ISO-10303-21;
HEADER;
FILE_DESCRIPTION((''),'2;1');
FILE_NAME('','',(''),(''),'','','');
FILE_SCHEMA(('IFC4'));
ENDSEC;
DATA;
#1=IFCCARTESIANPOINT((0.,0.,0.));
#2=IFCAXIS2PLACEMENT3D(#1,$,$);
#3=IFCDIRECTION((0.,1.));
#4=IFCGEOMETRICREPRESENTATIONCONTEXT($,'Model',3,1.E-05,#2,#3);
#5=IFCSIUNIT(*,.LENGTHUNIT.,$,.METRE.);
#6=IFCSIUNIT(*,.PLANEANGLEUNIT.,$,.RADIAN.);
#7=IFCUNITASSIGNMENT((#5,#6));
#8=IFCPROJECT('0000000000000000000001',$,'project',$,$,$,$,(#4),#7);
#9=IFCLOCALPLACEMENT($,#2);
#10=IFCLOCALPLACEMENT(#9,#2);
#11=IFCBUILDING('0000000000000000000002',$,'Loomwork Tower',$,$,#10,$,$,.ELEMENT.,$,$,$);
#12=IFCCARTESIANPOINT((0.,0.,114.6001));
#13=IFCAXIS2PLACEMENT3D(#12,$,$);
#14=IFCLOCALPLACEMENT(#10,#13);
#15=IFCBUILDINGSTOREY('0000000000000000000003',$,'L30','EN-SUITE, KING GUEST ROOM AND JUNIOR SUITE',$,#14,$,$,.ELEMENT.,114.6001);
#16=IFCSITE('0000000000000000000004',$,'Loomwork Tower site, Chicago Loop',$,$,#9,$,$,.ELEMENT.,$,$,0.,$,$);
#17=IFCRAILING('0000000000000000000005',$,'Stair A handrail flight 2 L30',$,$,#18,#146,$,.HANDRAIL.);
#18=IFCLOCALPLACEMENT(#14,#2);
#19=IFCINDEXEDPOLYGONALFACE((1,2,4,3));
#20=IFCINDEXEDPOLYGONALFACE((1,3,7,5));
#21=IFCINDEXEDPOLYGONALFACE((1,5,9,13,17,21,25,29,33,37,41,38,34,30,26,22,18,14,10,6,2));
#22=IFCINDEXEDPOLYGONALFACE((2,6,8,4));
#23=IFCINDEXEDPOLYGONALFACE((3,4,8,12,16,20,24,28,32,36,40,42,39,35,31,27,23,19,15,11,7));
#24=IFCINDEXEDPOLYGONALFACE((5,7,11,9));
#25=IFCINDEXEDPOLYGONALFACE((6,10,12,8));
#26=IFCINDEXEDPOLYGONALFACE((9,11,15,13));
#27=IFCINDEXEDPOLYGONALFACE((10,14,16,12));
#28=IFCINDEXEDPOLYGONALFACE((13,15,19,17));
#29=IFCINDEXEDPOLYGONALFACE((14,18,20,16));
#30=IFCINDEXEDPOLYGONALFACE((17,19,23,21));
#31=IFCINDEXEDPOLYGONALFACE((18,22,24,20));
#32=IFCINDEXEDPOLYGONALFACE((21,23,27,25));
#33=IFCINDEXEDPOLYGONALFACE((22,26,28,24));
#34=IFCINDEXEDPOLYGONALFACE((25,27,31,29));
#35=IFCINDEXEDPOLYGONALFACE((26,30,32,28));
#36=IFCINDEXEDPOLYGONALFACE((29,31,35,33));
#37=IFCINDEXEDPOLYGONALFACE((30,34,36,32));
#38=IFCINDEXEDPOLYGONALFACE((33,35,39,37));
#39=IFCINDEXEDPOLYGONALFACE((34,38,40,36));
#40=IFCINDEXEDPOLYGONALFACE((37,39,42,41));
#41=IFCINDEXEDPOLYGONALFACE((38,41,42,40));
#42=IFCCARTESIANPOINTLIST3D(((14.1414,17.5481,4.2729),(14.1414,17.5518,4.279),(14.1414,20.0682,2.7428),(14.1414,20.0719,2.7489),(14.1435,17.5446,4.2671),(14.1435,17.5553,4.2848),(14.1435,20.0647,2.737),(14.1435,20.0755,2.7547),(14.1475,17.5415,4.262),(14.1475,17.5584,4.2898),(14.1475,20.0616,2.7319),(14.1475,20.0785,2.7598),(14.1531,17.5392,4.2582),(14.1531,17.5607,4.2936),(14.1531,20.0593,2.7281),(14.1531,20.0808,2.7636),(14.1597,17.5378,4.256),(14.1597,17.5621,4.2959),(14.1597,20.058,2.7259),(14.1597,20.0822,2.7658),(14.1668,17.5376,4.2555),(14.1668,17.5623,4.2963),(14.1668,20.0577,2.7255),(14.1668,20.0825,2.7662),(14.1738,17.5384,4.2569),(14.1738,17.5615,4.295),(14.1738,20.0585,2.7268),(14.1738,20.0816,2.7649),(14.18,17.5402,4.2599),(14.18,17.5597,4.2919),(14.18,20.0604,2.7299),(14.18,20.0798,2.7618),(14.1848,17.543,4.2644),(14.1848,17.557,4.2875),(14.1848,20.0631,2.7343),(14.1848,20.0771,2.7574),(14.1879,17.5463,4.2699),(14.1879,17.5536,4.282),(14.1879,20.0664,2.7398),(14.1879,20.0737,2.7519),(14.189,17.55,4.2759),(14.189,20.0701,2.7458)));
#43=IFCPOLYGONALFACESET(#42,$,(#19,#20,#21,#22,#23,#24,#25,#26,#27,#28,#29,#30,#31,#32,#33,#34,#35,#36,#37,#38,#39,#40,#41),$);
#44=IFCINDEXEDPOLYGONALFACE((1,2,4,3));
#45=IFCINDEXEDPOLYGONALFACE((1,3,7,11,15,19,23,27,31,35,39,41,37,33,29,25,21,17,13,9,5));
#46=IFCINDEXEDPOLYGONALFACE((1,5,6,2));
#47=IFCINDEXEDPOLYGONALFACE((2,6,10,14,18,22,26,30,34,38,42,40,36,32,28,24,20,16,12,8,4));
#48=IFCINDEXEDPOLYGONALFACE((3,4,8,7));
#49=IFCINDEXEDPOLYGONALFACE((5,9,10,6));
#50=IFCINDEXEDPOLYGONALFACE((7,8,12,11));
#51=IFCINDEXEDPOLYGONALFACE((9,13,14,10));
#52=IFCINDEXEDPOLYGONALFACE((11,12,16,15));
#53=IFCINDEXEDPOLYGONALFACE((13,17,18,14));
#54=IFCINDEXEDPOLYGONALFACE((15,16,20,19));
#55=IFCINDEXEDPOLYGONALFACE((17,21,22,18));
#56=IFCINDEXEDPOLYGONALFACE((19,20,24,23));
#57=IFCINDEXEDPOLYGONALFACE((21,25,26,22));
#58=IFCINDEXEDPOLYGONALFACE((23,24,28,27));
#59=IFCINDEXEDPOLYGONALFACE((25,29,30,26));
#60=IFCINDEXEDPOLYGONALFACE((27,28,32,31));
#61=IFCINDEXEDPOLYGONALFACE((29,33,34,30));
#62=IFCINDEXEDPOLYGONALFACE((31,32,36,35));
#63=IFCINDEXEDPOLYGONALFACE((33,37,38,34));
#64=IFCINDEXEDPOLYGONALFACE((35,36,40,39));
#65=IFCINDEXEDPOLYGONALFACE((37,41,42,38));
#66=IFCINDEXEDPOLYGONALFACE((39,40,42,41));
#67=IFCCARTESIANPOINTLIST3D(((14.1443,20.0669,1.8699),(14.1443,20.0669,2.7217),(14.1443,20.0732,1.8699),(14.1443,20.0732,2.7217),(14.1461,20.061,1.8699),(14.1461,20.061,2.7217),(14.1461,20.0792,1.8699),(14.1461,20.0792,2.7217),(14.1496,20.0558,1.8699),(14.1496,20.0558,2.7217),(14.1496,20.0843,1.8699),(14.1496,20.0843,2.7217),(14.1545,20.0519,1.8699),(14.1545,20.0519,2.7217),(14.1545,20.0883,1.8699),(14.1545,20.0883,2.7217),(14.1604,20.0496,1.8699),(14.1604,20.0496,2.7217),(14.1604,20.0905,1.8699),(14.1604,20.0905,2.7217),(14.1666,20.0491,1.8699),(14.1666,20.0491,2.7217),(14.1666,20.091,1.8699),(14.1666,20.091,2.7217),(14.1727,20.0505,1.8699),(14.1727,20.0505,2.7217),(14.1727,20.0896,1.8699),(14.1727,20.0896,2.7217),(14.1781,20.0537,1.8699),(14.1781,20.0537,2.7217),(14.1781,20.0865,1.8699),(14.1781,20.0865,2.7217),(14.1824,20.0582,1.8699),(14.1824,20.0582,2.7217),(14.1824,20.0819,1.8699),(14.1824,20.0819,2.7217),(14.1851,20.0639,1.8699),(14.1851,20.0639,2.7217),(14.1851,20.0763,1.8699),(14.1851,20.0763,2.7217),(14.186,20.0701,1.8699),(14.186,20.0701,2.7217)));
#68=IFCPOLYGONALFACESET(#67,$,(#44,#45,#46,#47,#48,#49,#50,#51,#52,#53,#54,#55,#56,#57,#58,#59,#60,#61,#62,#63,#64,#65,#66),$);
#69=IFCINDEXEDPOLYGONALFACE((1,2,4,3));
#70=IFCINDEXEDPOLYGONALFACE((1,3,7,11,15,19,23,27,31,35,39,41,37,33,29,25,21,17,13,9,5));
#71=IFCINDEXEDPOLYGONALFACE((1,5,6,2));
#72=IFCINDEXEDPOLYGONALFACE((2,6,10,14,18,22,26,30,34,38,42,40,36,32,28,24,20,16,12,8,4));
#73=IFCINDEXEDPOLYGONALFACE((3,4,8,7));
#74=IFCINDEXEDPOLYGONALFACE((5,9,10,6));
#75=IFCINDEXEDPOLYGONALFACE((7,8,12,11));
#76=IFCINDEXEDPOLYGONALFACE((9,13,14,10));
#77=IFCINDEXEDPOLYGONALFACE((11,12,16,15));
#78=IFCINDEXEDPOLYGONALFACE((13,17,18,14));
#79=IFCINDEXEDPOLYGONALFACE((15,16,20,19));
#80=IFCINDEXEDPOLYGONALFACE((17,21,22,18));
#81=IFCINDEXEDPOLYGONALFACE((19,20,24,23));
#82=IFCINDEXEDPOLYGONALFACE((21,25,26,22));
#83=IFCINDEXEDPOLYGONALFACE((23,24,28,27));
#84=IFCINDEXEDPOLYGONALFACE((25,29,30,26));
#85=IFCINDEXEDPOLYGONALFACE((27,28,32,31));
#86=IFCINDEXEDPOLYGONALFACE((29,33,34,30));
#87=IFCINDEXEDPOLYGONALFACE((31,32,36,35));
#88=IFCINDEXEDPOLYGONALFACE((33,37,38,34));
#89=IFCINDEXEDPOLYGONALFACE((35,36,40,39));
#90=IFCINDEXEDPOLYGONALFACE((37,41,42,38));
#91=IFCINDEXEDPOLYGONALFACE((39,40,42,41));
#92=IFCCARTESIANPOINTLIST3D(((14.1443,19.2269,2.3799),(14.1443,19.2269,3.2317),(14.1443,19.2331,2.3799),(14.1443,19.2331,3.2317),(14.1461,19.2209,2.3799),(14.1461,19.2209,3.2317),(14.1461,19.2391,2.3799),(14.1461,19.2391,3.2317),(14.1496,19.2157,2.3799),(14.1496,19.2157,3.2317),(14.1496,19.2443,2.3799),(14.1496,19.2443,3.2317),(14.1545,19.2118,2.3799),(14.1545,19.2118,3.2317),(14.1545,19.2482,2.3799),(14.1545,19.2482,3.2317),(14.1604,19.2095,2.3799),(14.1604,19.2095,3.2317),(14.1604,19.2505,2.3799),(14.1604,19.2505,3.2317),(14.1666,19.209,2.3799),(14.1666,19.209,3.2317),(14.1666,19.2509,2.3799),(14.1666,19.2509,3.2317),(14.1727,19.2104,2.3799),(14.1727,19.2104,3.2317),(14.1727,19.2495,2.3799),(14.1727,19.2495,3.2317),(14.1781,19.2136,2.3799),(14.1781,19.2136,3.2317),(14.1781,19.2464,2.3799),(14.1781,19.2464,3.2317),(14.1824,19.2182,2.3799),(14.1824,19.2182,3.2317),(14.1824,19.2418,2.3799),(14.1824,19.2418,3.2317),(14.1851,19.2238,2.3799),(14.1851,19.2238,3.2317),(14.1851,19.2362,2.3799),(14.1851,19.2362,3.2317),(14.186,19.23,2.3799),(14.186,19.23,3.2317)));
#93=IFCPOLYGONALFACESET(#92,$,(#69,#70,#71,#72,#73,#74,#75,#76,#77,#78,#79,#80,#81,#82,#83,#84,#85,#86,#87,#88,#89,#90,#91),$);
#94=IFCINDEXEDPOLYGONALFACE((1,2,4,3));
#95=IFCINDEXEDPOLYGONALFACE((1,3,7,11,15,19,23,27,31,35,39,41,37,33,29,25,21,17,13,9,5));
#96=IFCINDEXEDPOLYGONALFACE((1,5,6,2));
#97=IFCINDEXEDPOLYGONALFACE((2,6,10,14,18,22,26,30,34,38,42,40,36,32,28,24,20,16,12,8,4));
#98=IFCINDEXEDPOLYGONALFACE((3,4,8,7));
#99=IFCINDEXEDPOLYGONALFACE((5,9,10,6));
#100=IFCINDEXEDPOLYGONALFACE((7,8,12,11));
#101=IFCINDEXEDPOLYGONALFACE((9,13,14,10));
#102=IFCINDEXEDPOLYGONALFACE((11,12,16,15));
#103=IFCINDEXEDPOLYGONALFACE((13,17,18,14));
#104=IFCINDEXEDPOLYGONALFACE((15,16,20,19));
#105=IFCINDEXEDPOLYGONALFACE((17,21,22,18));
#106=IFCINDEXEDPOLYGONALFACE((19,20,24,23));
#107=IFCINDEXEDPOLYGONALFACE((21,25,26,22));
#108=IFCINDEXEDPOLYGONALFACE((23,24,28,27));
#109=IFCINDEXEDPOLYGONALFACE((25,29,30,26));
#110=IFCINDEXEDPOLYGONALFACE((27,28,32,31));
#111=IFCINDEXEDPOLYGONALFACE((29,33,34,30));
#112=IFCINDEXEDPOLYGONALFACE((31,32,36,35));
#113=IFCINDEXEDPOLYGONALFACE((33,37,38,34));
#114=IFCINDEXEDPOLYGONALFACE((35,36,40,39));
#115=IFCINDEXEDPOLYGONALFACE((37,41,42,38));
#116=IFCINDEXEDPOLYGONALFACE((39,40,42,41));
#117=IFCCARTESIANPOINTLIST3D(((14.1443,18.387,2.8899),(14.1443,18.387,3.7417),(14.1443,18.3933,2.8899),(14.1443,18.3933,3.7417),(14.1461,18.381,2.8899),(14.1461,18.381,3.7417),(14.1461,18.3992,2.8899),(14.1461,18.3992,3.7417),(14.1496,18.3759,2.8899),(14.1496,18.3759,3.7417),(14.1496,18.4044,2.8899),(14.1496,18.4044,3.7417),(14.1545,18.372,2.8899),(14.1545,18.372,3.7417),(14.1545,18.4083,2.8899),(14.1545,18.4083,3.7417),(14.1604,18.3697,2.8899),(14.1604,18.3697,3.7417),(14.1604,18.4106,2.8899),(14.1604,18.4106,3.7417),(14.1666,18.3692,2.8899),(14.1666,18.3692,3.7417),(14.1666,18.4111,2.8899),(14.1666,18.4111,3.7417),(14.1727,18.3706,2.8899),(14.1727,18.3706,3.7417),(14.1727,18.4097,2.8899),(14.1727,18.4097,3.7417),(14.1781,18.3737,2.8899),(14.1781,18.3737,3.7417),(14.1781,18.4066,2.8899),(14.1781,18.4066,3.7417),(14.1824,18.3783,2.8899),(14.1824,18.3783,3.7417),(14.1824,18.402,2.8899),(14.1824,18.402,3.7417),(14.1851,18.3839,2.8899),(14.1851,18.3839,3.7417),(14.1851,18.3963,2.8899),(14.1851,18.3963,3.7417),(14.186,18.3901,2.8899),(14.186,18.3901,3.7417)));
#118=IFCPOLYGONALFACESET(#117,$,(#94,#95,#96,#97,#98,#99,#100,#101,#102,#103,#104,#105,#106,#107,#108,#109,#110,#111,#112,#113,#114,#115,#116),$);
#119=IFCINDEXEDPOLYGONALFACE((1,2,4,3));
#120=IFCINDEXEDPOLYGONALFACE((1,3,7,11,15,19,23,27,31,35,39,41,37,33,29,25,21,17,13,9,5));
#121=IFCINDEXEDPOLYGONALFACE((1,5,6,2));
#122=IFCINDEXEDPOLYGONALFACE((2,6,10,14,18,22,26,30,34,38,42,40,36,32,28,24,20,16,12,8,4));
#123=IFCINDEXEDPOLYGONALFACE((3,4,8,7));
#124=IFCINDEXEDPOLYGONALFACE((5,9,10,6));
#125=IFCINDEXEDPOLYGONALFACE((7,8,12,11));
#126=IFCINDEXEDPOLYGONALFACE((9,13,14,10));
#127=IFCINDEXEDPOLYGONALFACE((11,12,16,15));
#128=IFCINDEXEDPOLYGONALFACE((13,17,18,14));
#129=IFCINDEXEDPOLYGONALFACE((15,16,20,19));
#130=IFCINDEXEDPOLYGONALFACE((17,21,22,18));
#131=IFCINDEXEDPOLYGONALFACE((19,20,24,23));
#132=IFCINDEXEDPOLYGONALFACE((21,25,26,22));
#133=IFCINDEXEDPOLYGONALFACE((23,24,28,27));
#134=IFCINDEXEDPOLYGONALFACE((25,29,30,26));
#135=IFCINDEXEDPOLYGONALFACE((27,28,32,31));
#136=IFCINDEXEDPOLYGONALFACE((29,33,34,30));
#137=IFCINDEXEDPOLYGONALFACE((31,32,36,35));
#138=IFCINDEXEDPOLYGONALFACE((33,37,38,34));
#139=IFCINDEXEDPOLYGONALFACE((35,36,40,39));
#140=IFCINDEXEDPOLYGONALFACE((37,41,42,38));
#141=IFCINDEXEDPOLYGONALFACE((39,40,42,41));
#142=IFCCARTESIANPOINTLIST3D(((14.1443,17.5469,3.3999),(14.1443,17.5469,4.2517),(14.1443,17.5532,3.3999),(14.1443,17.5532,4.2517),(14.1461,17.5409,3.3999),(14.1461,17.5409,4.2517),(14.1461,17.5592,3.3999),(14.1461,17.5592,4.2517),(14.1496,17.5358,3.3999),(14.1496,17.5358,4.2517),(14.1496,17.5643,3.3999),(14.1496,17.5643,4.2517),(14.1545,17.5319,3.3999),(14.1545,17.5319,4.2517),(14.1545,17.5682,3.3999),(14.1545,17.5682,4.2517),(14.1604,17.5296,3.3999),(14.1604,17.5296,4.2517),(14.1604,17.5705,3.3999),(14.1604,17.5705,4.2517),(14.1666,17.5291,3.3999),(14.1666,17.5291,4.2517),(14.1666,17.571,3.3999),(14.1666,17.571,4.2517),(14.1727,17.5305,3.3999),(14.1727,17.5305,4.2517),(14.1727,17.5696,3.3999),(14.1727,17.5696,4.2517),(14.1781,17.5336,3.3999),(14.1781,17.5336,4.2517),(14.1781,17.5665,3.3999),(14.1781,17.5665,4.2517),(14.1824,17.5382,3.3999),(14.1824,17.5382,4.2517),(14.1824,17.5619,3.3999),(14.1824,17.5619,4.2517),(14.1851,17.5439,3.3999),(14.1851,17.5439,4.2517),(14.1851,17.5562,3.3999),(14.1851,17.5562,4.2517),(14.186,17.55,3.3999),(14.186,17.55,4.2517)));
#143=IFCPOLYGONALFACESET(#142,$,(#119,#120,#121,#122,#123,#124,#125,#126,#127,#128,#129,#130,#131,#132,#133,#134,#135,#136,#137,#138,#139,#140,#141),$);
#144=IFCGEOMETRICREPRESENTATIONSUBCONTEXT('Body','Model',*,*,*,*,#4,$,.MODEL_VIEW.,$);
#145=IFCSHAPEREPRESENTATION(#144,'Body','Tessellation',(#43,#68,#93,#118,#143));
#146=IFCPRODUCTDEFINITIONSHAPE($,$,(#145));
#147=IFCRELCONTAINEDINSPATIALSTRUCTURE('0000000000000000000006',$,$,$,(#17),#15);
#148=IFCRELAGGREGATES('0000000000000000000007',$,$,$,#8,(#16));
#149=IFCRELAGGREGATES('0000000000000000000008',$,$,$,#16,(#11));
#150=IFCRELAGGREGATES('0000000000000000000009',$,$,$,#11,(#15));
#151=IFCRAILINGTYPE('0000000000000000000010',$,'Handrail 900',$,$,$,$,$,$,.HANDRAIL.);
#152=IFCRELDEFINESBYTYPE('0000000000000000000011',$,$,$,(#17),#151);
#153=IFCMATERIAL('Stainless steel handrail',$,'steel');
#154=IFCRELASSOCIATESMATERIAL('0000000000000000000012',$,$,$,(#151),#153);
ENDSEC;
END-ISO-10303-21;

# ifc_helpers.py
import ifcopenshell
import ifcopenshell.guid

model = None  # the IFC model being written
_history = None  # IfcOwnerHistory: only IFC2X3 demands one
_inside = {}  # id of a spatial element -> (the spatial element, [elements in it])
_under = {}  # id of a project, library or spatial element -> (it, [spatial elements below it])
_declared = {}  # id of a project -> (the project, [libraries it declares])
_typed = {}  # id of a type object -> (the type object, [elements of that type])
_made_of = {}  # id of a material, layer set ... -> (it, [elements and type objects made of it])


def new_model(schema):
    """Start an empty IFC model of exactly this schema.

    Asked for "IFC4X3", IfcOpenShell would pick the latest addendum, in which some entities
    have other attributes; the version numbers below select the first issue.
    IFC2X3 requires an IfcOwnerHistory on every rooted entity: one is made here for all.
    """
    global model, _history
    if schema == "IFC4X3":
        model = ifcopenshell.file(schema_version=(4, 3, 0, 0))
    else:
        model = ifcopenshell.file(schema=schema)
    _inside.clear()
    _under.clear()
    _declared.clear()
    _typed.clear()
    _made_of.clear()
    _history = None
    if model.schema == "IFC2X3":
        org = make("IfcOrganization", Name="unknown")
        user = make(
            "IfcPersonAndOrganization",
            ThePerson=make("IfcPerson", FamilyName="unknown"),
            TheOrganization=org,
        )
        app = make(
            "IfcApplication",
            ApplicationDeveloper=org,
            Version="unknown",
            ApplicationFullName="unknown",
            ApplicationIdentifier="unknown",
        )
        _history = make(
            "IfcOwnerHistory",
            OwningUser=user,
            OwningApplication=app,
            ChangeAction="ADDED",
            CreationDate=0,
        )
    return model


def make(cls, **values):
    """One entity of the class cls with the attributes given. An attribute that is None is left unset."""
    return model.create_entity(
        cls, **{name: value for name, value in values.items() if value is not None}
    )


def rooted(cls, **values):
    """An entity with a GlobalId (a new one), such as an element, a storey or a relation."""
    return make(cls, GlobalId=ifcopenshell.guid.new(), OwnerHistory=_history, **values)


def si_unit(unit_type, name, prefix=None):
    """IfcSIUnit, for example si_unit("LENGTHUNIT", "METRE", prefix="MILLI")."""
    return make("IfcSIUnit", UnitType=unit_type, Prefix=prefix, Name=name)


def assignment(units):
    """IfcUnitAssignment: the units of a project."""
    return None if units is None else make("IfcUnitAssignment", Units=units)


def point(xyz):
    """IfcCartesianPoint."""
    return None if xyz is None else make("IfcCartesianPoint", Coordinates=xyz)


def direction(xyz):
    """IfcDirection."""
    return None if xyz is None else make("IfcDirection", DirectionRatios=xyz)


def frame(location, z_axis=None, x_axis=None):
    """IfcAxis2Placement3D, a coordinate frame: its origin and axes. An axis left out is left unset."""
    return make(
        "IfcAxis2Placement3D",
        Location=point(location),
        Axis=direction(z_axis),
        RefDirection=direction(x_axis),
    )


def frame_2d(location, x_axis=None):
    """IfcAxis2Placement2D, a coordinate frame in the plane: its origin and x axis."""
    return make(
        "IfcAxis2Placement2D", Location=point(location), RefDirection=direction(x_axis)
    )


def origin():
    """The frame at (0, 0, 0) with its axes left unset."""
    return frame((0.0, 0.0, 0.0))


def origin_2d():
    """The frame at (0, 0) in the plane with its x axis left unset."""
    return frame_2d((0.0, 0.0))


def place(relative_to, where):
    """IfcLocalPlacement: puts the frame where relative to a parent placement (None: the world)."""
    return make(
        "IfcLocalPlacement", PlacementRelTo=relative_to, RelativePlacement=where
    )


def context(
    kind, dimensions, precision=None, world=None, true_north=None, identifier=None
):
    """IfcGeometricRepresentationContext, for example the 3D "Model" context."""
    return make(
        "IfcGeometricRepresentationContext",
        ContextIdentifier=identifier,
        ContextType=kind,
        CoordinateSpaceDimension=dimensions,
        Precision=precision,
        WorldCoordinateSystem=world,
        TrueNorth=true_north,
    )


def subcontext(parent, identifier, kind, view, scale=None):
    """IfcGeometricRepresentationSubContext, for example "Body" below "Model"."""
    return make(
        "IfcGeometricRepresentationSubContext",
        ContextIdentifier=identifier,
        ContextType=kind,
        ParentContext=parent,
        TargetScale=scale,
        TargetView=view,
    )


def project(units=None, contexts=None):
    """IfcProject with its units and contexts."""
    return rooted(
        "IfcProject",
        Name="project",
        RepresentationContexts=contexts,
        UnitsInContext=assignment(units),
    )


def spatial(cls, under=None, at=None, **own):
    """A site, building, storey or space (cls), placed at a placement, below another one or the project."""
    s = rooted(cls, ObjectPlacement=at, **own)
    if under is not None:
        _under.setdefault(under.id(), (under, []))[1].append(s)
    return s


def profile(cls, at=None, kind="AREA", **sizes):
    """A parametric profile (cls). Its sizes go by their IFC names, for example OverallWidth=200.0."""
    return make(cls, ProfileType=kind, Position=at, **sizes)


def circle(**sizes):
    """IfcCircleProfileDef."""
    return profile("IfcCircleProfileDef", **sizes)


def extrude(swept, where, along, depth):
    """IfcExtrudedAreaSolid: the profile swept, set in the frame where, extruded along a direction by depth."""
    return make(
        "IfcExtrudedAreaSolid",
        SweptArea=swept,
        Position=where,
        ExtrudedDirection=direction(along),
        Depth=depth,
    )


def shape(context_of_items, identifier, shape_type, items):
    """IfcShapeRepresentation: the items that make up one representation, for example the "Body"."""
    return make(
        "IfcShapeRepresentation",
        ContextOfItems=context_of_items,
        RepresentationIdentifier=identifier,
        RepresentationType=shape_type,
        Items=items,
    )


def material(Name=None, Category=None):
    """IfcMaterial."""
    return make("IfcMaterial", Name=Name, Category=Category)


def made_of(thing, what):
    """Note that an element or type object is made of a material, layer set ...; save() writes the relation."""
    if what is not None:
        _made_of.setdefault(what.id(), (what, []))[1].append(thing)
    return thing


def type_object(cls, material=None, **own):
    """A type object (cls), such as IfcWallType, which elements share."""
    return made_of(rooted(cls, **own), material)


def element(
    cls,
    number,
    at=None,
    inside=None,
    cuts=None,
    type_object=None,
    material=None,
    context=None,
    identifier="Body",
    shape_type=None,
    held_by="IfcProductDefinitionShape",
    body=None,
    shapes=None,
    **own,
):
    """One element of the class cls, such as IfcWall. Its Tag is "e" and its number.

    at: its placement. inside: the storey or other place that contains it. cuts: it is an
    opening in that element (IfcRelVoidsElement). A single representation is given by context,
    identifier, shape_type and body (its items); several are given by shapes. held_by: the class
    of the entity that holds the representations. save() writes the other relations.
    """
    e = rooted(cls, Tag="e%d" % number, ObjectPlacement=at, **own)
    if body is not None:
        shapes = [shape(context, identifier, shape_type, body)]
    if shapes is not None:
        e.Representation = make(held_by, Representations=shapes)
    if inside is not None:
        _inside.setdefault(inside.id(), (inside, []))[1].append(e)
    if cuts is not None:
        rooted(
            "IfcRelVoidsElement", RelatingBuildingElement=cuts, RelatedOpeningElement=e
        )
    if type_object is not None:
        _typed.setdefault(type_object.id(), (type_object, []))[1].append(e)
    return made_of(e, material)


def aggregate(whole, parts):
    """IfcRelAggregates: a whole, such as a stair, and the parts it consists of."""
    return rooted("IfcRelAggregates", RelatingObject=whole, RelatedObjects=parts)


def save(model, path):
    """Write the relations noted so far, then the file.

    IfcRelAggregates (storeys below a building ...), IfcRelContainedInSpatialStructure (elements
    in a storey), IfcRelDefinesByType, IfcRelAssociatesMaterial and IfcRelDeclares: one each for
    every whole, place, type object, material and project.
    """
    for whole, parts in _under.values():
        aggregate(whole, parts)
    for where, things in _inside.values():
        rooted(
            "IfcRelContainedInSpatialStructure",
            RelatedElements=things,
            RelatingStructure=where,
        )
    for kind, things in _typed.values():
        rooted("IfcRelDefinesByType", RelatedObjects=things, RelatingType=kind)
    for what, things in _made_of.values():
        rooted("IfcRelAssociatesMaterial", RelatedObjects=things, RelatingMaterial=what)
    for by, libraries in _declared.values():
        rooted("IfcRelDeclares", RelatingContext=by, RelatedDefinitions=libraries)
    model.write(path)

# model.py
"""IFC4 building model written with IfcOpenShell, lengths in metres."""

from ifc_helpers import new_model, si_unit, direction, frame, origin, origin_2d, place, context, subcontext, project, spatial, circle, extrude, material, type_object, element, save


model = new_model("IFC4")

# Units and contexts
model_context = context("Model", 3, precision=1e-05, world=origin(), true_north=direction((0.0, 1.0)))
body_context = subcontext(model_context, "Body", "Model", "MODEL_VIEW")
ifc_project = project(units=[si_unit("LENGTHUNIT", "METRE"), si_unit("PLANEANGLEUNIT", "RADIAN")], contexts=[model_context])

# Site, building, storey
site_placement = place(None, origin())
site = spatial("IfcSite", under=ifc_project, at=site_placement, Name="Loomwork Tower site, Chicago Loop", CompositionType="ELEMENT", RefElevation=0.0)
building_placement = place(site_placement, origin())
building = spatial("IfcBuilding", under=site, at=building_placement, Name="Loomwork Tower", CompositionType="ELEMENT")
storey_placement = place(building_placement, frame((0.0, 0.0, 114.6001)))
storey = spatial("IfcBuildingStorey", under=building, at=storey_placement, Name="L30", Description="EN-SUITE, KING GUEST ROOM AND JUNIOR SUITE", CompositionType="ELEMENT", Elevation=114.6001)

# Railing
ifc_material_1 = material(Name="Stainless steel handrail", Category="steel")
railing_type = type_object("IfcRailingType", Name="Handrail 900", PredefinedType="HANDRAIL", material=ifc_material_1)
railing_1_placement = place(storey_placement, frame((14.165, 20.0701, 1.8699)))
element("IfcRailing", 1, at=railing_1_placement, inside=storey, type_object=railing_type, Name="Stair A handrail flight 2 L30", PredefinedType="HANDRAIL", context=body_context, shape_type="SweptSolid", body=[
    extrude(circle(Radius=0.0239, at=origin_2d()), frame((0.0, 0.0, 0.876), z_axis=(0.0, -0.854785, 0.518982), x_axis=(1.0, 0.0, 0.0)), (0.0, 0.0, 1.0), 2.9482),
    extrude(circle(Radius=0.021, at=origin_2d()), origin(), (0.0, 0.0, 1.0), 0.8518),
    extrude(circle(Radius=0.021, at=origin_2d()), frame((0.0, -0.8401, 0.51)), (0.0, 0.0, 1.0), 0.8518),
    extrude(circle(Radius=0.021, at=origin_2d()), frame((0.0, -1.6799, 1.02)), (0.0, 0.0, 1.0), 0.8518),
    extrude(circle(Radius=0.021, at=origin_2d()), frame((0.0, -2.52, 1.53)), (0.0, 0.0, 1.0), 0.8518),
])

save(model, "model.ifc")
